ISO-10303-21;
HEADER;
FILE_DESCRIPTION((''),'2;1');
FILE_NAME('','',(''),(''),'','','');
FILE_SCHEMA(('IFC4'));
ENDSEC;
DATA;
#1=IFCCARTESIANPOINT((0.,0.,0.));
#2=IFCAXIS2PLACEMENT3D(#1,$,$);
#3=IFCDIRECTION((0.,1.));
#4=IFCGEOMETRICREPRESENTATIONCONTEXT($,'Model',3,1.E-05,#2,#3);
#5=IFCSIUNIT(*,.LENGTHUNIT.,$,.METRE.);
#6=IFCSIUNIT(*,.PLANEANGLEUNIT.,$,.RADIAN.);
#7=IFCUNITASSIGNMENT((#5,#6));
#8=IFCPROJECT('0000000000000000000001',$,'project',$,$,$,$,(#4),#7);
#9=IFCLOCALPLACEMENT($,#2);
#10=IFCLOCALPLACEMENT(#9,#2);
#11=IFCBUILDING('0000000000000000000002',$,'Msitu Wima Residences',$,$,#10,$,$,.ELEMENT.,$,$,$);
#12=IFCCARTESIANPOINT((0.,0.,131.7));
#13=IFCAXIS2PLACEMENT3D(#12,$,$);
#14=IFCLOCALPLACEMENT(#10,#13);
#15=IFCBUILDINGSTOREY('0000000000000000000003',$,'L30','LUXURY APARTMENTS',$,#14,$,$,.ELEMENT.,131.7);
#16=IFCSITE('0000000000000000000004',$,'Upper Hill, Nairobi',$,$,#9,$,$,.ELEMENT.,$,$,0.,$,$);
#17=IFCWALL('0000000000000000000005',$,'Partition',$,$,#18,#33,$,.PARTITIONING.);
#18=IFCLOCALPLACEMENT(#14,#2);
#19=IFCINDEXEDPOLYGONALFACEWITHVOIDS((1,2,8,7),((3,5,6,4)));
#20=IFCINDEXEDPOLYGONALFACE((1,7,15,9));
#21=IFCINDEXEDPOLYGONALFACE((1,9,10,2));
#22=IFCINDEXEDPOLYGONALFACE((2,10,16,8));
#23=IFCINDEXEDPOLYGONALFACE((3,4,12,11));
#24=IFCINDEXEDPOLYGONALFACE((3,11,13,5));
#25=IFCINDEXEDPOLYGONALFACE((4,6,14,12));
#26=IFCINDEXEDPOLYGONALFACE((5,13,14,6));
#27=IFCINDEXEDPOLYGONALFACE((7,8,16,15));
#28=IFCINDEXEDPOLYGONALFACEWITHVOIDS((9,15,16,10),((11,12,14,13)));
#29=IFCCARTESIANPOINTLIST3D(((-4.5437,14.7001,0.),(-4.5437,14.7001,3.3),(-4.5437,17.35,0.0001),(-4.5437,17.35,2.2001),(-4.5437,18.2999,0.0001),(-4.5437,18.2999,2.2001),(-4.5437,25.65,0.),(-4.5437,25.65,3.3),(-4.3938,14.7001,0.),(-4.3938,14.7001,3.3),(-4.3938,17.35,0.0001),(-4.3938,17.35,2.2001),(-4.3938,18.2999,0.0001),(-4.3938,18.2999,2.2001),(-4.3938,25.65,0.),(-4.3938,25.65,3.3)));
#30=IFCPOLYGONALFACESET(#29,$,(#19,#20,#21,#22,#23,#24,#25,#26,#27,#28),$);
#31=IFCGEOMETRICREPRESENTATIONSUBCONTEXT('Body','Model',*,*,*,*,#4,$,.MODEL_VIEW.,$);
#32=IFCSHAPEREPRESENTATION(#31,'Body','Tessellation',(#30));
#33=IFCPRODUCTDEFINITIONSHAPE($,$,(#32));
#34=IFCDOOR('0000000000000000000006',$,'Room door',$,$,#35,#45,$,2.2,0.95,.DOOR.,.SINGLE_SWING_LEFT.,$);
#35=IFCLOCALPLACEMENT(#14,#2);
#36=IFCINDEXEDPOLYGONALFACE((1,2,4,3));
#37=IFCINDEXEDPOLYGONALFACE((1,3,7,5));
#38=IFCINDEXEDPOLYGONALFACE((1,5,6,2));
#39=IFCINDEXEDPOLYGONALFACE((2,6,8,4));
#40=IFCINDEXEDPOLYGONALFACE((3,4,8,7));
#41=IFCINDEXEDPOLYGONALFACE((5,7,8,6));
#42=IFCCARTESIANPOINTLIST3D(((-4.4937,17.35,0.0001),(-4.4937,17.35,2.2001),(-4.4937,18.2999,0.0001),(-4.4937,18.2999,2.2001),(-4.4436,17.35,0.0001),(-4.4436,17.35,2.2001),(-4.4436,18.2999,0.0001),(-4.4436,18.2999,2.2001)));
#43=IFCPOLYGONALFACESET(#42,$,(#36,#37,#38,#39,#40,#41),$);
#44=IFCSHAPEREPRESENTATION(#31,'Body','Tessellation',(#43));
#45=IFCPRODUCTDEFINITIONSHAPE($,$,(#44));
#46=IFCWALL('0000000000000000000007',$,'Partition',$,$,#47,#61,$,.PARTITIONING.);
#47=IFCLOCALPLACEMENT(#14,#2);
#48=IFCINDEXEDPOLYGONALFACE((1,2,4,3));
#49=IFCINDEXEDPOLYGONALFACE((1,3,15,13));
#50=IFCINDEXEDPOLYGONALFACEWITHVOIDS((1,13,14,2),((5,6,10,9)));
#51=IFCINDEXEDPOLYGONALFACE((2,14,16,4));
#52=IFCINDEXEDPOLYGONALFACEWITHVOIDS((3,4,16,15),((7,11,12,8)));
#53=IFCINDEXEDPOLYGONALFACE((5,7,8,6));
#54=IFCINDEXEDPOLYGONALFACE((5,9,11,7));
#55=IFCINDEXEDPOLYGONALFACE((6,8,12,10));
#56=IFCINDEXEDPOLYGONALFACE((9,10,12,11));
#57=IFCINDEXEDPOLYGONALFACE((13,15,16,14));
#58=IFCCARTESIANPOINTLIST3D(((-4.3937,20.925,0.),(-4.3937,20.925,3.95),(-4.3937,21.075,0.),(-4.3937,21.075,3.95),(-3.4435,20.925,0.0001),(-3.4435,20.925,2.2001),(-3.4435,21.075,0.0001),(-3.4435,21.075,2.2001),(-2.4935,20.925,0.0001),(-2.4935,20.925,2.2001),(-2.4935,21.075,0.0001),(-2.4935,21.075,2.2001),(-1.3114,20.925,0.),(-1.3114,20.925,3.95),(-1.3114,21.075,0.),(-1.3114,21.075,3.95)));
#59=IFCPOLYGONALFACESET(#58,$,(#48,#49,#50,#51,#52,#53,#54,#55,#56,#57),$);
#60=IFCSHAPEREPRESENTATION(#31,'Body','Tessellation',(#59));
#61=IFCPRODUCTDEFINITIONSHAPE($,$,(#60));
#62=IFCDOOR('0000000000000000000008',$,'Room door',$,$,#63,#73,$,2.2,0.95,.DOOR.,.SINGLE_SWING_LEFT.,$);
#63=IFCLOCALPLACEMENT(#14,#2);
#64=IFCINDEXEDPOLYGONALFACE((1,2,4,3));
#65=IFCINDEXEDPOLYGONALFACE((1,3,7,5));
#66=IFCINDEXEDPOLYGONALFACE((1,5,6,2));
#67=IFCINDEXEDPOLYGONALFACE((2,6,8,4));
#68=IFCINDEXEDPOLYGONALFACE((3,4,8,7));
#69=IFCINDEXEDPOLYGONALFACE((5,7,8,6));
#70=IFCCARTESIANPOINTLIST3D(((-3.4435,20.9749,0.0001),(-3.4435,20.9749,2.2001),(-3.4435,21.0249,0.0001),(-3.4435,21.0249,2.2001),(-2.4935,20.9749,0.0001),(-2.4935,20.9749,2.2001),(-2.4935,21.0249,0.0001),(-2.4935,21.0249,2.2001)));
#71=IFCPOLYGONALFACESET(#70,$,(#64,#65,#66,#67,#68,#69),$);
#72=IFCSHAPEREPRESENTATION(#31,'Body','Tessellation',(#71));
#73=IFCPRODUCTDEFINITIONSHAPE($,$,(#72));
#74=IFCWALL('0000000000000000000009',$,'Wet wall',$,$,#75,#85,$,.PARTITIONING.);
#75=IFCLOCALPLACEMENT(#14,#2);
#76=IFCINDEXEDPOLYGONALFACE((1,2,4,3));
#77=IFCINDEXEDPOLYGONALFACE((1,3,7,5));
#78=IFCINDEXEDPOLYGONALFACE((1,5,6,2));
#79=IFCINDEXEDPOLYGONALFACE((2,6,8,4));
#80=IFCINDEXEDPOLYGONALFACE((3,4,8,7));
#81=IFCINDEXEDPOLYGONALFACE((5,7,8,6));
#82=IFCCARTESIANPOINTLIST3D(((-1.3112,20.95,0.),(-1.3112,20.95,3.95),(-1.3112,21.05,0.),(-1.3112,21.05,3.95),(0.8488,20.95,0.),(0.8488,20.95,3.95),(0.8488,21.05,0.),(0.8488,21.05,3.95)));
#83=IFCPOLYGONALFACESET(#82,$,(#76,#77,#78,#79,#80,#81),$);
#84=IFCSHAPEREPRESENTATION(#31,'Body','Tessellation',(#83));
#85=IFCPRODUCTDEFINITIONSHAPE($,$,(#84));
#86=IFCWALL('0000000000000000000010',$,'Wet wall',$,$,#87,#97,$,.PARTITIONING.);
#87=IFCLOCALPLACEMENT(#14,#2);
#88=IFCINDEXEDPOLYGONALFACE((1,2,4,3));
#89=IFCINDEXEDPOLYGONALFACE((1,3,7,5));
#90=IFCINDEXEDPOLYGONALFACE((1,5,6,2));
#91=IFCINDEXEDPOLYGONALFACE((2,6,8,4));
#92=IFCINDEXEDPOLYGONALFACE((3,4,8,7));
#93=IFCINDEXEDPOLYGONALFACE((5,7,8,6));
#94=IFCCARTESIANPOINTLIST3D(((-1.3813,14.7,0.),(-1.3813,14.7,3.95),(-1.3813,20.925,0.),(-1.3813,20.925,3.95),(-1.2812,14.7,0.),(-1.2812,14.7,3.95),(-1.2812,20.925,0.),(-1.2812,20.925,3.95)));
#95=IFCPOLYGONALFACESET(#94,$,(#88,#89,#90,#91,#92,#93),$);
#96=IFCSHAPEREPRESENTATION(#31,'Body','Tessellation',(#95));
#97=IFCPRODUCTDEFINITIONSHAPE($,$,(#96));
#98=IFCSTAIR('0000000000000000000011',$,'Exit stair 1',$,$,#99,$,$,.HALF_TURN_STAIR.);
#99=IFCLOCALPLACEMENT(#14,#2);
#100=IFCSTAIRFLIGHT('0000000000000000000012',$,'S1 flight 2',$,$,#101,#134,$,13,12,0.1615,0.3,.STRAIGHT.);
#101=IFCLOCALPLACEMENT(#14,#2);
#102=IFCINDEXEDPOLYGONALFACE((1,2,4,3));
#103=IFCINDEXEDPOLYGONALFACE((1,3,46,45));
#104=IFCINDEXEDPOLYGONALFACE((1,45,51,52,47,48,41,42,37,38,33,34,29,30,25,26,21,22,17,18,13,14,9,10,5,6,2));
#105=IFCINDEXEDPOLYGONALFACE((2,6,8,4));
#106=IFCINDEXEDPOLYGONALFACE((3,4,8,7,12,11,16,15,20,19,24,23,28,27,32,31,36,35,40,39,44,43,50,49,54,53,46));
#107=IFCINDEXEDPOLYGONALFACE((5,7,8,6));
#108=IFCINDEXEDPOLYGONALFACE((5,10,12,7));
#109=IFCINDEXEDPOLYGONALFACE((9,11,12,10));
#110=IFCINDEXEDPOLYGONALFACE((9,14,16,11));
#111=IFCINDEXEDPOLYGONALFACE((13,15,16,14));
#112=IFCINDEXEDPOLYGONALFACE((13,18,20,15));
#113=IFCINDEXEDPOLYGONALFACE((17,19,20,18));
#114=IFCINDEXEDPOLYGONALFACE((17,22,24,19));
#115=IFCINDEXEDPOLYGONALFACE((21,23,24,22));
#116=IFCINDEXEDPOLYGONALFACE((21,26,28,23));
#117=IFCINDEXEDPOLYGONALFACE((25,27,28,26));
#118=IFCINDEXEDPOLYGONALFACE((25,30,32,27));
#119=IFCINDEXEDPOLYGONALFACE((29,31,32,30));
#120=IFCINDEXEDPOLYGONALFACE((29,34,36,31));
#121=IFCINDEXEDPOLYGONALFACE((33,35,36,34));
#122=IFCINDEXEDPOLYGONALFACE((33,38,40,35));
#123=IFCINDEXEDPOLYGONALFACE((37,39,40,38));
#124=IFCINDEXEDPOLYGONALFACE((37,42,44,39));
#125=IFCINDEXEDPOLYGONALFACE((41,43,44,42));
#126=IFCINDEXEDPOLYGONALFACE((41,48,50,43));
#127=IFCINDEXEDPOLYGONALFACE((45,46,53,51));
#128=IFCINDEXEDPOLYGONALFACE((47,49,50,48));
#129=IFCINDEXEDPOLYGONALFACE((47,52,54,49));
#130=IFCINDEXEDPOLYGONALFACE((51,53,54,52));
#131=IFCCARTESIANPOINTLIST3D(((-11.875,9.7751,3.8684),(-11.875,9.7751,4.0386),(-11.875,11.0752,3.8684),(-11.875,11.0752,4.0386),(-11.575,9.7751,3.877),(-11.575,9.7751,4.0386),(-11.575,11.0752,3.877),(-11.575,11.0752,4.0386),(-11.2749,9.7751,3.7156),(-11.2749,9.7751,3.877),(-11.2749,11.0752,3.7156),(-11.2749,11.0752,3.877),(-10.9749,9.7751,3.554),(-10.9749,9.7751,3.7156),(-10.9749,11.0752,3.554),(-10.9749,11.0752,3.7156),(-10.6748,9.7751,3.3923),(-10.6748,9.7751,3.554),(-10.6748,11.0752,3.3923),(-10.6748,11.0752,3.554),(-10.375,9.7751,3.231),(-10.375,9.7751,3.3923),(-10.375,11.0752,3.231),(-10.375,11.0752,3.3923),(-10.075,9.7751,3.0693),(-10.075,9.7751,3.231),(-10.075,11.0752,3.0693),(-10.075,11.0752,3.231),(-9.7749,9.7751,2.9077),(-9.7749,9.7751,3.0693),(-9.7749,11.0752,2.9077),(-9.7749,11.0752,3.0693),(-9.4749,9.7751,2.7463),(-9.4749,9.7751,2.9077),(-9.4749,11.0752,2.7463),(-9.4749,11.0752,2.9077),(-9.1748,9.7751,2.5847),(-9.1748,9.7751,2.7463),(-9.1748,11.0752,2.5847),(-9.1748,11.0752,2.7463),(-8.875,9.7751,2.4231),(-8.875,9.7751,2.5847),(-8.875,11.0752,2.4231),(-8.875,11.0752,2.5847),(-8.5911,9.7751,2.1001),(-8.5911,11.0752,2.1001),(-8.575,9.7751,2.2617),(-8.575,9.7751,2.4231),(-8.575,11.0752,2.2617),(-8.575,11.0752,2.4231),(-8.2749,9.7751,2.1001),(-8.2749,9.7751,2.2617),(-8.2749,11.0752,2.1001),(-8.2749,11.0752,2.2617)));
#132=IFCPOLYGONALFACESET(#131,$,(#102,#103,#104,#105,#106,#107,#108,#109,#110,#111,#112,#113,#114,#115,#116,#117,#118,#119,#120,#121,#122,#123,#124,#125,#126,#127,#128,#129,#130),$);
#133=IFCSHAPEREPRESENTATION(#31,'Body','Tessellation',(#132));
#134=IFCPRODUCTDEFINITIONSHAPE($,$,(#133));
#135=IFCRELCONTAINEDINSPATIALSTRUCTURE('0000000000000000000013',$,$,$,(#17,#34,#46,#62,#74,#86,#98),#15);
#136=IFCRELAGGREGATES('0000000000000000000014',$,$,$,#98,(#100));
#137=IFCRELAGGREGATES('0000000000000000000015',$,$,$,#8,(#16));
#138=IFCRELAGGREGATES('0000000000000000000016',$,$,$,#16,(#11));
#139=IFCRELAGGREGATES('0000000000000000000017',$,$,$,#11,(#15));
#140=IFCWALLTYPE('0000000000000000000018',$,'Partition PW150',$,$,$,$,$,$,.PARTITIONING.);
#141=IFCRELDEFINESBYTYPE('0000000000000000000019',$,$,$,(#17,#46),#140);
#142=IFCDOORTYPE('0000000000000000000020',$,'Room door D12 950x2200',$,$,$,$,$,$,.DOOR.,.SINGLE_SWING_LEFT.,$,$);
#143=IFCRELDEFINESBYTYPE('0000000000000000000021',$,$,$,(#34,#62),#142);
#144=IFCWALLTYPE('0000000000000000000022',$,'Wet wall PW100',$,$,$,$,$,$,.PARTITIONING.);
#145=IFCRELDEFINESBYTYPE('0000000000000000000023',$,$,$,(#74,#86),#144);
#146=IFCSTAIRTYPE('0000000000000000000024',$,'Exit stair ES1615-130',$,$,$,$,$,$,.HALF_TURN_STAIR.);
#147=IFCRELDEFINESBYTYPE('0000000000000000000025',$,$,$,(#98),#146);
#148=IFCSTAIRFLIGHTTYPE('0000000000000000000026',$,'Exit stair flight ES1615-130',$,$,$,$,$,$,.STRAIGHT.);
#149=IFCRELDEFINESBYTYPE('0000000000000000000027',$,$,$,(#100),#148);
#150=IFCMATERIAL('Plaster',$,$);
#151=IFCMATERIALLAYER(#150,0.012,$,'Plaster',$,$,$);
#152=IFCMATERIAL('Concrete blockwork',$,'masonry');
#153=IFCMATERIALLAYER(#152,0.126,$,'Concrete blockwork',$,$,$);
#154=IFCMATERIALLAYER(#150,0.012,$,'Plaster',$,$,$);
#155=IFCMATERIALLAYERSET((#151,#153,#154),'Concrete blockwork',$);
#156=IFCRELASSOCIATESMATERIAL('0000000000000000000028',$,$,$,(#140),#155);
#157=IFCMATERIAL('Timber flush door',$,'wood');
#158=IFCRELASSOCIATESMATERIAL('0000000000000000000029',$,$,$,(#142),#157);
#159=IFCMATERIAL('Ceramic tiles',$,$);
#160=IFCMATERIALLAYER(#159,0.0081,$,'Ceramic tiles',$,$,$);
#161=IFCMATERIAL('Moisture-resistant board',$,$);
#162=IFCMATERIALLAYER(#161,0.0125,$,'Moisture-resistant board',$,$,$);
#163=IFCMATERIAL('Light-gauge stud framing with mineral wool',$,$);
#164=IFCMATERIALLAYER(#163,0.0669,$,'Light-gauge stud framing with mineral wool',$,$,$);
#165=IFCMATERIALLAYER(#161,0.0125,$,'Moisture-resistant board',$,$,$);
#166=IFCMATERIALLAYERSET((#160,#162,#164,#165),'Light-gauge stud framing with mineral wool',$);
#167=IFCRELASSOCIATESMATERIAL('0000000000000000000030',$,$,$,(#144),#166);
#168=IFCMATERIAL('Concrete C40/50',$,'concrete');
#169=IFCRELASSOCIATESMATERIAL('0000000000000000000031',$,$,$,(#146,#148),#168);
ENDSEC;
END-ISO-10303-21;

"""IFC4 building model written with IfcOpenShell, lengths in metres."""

from ifc_helpers import new_model, si_unit, direction, frame, frame_2d, origin, place, context, subcontext, project, spatial, polyline, rectangle, outline, extrude, material, layer, layer_set, type_object, element, fill, aggregate, save


model = new_model("IFC4")

# Units and contexts
model_context = context("Model", 3, precision=1e-05, world=origin(), true_north=direction((0.0, 1.0)))
body_context = subcontext(model_context, "Body", "Model", "MODEL_VIEW")
ifc_project = project(units=[si_unit("LENGTHUNIT", "METRE"), si_unit("PLANEANGLEUNIT", "RADIAN")], contexts=[model_context])

# Site, building, storey
site_placement = place(None, origin())
site = spatial("IfcSite", under=ifc_project, at=site_placement, Name="Upper Hill, Nairobi", CompositionType="ELEMENT", RefElevation=0.0)
building_placement = place(site_placement, origin())
building = spatial("IfcBuilding", under=site, at=building_placement, Name="Msitu Wima Residences", CompositionType="ELEMENT")
storey_placement = place(building_placement, frame((0.0, 0.0, 131.7)))
storey = spatial("IfcBuildingStorey", under=building, at=storey_placement, Name="L30", Description="LUXURY APARTMENTS", CompositionType="ELEMENT", Elevation=131.7)

# Shared definitions
ifc_material_1 = material(Name="Concrete C40/50", Category="concrete")

# Shared definitions
ifc_material_2 = material(Name="Plaster")
ifc_layer_1 = layer(ifc_material_2, 0.012, Name="Plaster")
ifc_material_3 = material(Name="Concrete blockwork", Category="masonry")
ifc_layer_2 = layer(ifc_material_3, 0.126, Name="Concrete blockwork")
ifc_layer_3 = layer(ifc_material_2, 0.012, Name="Plaster")
ifc_layer_set_1 = layer_set([ifc_layer_1, ifc_layer_2, ifc_layer_3], Name="Concrete blockwork")
wall_type_1 = type_object("IfcWallType", Name="Partition PW150", PredefinedType="PARTITIONING", material=ifc_layer_set_1)
ifc_material_4 = material(Name="Timber flush door", Category="wood")
door_type_1 = type_object("IfcDoorType", Name="Room door D12 950x2200", OperationType="SINGLE_SWING_LEFT", PredefinedType="DOOR", material=ifc_material_4)

# Walls, openings, doors
wall_1_placement = place(storey_placement, frame((-4.4688, 14.7, 0.0), z_axis=(0.0, 0.0, 1.0), x_axis=(0.0, 1.0, 0.0)))
wall_1 = element("IfcWall", 1, at=wall_1_placement, inside=storey, type_object=wall_type_1, Name="Partition", PredefinedType="PARTITIONING", context=body_context, shape_type="SweptSolid", body=[
    extrude(rectangle(XDim=10.95, YDim=0.1499, at=frame_2d((5.4751, 0.0))), origin(), (0.0, 0.0, 1.0), 3.3),
])
opening_1_placement = place(wall_1_placement, frame((2.6499, 0.0, 0.0)))
opening_1 = element("IfcOpeningElement", 2, at=opening_1_placement, cuts=wall_1, PredefinedType="OPENING", context=body_context, shape_type="SweptSolid", body=[
    extrude(rectangle(XDim=0.95, YDim=2.2, at=frame_2d((0.4751, 1.1001))), frame((0.0, 0.085, 0.0), z_axis=(0.0, -1.0, 0.0), x_axis=(1.0, 0.0, 0.0)), (0.0, 0.0, 1.0), 0.1699),
])
door_1_placement = place(opening_1_placement, origin())
door_1 = element("IfcDoor", 3, at=door_1_placement, inside=storey, type_object=door_type_1, Name="Room door", OperationType="SINGLE_SWING_LEFT", OverallHeight=2.2, OverallWidth=0.95, PredefinedType="DOOR", context=body_context, shape_type="SweptSolid", body=[
    extrude(rectangle(XDim=0.95, YDim=2.2, at=frame_2d((0.4751, 1.1001))), frame((0.0, 0.0249, 0.0), z_axis=(0.0, -1.0, 0.0), x_axis=(1.0, 0.0, 0.0)), (0.0, 0.0, 1.0), 0.05),
])
fill(opening_1, door_1)
wall_2_placement = place(storey_placement, frame((-4.3936, 21.0, 0.0), z_axis=(0.0, 0.0, 1.0), x_axis=(1.0, 0.0, 0.0)))
wall_2 = element("IfcWall", 4, at=wall_2_placement, inside=storey, type_object=wall_type_1, Name="Partition", PredefinedType="PARTITIONING", context=body_context, shape_type="SweptSolid", body=[
    extrude(rectangle(XDim=3.0823, YDim=0.1499, at=frame_2d((1.541, 0.0))), origin(), (0.0, 0.0, 1.0), 3.95),
])
opening_2_placement = place(wall_2_placement, frame((0.95, 0.0, 0.0)))
opening_2 = element("IfcOpeningElement", 5, at=opening_2_placement, cuts=wall_2, PredefinedType="OPENING", context=body_context, shape_type="SweptSolid", body=[
    extrude(rectangle(XDim=0.95, YDim=2.2, at=frame_2d((0.4751, 1.1001))), frame((0.0, 0.085, 0.0), z_axis=(0.0, -1.0, 0.0), x_axis=(1.0, 0.0, 0.0)), (0.0, 0.0, 1.0), 0.1699),
])
door_2_placement = place(opening_2_placement, origin())
door_2 = element("IfcDoor", 6, at=door_2_placement, inside=storey, type_object=door_type_1, Name="Room door", OperationType="SINGLE_SWING_LEFT", OverallHeight=2.2, OverallWidth=0.95, PredefinedType="DOOR", context=body_context, shape_type="SweptSolid", body=[
    extrude(rectangle(XDim=0.95, YDim=2.2, at=frame_2d((0.4751, 1.1001))), frame((0.0, 0.0249, 0.0), z_axis=(0.0, -1.0, 0.0), x_axis=(1.0, 0.0, 0.0)), (0.0, 0.0, 1.0), 0.05),
])
fill(opening_2, door_2)

# Walls
ifc_material_5 = material(Name="Ceramic tiles")
ifc_layer_4 = layer(ifc_material_5, 0.0081, Name="Ceramic tiles")
ifc_material_6 = material(Name="Moisture-resistant board")
ifc_layer_5 = layer(ifc_material_6, 0.0125, Name="Moisture-resistant board")
ifc_material_7 = material(Name="Light-gauge stud framing with mineral wool")
ifc_layer_6 = layer(ifc_material_7, 0.0669, Name="Light-gauge stud framing with mineral wool")
ifc_layer_7 = layer(ifc_material_6, 0.0125, Name="Moisture-resistant board")
ifc_layer_set_2 = layer_set([ifc_layer_4, ifc_layer_5, ifc_layer_6, ifc_layer_7], Name="Light-gauge stud framing with mineral wool")
wall_type_2 = type_object("IfcWallType", Name="Wet wall PW100", PredefinedType="PARTITIONING", material=ifc_layer_set_2)
wall_3_placement = place(storey_placement, frame((-1.3113, 21.0, 0.0), z_axis=(0.0, 0.0, 1.0), x_axis=(1.0, 0.0, 0.0)))
element("IfcWall", 7, at=wall_3_placement, inside=storey, type_object=wall_type_2, Name="Wet wall", PredefinedType="PARTITIONING", context=body_context, shape_type="SweptSolid", body=[
    extrude(rectangle(XDim=2.1599, YDim=0.1001, at=frame_2d((1.0801, 0.0))), origin(), (0.0, 0.0, 1.0), 3.95),
])
wall_4_placement = place(storey_placement, frame((-1.3313, 14.7, 0.0), z_axis=(0.0, 0.0, 1.0), x_axis=(0.0, 1.0, 0.0)))
element("IfcWall", 8, at=wall_4_placement, inside=storey, type_object=wall_type_2, Name="Wet wall", PredefinedType="PARTITIONING", context=body_context, shape_type="SweptSolid", body=[
    extrude(rectangle(XDim=6.2251, YDim=0.1001, at=frame_2d((3.1125, 0.0))), origin(), (0.0, 0.0, 1.0), 3.95),
])

# Stair, stair flight
stair_type = type_object("IfcStairType", Name="Exit stair ES1615-130", PredefinedType="HALF_TURN_STAIR", material=ifc_material_1)
stair_placement = place(storey_placement, origin())
stair = element("IfcStair", 9, at=stair_placement, inside=storey, type_object=stair_type, Name="Exit stair 1", PredefinedType="HALF_TURN_STAIR")
stair_flight_type = type_object("IfcStairFlightType", Name="Exit stair flight ES1615-130", PredefinedType="STRAIGHT", material=ifc_material_1)
stair_flight_placement = place(storey_placement, frame((-8.2749, 10.425, 2.1001), z_axis=(0.0, 0.0, 1.0), x_axis=(-1.0, 0.0, 0.0)))
stair_flight = element("IfcStairFlight", 10, at=stair_flight_placement, type_object=stair_flight_type, Name="S1 flight 2", NumberOfRisers=13, NumberOfTreads=12, PredefinedType="STRAIGHT", RiserHeight=0.1615, TreadLength=0.3, context=body_context, shape_type="SweptSolid", body=[
    extrude(outline(polyline([(0.0, 0.0), (0.0, 0.1616), (0.3, 0.1616), (0.3, 0.323), (0.6001, 0.323), (0.6001, 0.4846), (0.8999, 0.4846), (0.8999, 0.6462), (1.2, 0.6462), (1.2, 0.8076), (1.5, 0.8076), (1.5, 0.9692), (1.8, 0.9692), (1.8, 1.1309), (2.1001, 1.1309), (2.1001, 1.2922), (2.3999, 1.2922), (2.3999, 1.4539), (2.7, 1.4539), (2.7, 1.6155), (3.0, 1.6155), (3.0, 1.7769), (3.3, 1.7769), (3.3, 1.9385), (3.6001, 1.9385), (3.6001, 2.1001), (3.6001, 1.7683), (0.3162, 0.0), (0.0, 0.0)])), frame((0.0, 0.6499, 0.0), z_axis=(0.0, -1.0, 0.0), x_axis=(1.0, 0.0, 0.0)), (0.0, 0.0, 1.0), 1.3),
])
aggregate(stair, [stair_flight])

save(model, "model.ifc")
